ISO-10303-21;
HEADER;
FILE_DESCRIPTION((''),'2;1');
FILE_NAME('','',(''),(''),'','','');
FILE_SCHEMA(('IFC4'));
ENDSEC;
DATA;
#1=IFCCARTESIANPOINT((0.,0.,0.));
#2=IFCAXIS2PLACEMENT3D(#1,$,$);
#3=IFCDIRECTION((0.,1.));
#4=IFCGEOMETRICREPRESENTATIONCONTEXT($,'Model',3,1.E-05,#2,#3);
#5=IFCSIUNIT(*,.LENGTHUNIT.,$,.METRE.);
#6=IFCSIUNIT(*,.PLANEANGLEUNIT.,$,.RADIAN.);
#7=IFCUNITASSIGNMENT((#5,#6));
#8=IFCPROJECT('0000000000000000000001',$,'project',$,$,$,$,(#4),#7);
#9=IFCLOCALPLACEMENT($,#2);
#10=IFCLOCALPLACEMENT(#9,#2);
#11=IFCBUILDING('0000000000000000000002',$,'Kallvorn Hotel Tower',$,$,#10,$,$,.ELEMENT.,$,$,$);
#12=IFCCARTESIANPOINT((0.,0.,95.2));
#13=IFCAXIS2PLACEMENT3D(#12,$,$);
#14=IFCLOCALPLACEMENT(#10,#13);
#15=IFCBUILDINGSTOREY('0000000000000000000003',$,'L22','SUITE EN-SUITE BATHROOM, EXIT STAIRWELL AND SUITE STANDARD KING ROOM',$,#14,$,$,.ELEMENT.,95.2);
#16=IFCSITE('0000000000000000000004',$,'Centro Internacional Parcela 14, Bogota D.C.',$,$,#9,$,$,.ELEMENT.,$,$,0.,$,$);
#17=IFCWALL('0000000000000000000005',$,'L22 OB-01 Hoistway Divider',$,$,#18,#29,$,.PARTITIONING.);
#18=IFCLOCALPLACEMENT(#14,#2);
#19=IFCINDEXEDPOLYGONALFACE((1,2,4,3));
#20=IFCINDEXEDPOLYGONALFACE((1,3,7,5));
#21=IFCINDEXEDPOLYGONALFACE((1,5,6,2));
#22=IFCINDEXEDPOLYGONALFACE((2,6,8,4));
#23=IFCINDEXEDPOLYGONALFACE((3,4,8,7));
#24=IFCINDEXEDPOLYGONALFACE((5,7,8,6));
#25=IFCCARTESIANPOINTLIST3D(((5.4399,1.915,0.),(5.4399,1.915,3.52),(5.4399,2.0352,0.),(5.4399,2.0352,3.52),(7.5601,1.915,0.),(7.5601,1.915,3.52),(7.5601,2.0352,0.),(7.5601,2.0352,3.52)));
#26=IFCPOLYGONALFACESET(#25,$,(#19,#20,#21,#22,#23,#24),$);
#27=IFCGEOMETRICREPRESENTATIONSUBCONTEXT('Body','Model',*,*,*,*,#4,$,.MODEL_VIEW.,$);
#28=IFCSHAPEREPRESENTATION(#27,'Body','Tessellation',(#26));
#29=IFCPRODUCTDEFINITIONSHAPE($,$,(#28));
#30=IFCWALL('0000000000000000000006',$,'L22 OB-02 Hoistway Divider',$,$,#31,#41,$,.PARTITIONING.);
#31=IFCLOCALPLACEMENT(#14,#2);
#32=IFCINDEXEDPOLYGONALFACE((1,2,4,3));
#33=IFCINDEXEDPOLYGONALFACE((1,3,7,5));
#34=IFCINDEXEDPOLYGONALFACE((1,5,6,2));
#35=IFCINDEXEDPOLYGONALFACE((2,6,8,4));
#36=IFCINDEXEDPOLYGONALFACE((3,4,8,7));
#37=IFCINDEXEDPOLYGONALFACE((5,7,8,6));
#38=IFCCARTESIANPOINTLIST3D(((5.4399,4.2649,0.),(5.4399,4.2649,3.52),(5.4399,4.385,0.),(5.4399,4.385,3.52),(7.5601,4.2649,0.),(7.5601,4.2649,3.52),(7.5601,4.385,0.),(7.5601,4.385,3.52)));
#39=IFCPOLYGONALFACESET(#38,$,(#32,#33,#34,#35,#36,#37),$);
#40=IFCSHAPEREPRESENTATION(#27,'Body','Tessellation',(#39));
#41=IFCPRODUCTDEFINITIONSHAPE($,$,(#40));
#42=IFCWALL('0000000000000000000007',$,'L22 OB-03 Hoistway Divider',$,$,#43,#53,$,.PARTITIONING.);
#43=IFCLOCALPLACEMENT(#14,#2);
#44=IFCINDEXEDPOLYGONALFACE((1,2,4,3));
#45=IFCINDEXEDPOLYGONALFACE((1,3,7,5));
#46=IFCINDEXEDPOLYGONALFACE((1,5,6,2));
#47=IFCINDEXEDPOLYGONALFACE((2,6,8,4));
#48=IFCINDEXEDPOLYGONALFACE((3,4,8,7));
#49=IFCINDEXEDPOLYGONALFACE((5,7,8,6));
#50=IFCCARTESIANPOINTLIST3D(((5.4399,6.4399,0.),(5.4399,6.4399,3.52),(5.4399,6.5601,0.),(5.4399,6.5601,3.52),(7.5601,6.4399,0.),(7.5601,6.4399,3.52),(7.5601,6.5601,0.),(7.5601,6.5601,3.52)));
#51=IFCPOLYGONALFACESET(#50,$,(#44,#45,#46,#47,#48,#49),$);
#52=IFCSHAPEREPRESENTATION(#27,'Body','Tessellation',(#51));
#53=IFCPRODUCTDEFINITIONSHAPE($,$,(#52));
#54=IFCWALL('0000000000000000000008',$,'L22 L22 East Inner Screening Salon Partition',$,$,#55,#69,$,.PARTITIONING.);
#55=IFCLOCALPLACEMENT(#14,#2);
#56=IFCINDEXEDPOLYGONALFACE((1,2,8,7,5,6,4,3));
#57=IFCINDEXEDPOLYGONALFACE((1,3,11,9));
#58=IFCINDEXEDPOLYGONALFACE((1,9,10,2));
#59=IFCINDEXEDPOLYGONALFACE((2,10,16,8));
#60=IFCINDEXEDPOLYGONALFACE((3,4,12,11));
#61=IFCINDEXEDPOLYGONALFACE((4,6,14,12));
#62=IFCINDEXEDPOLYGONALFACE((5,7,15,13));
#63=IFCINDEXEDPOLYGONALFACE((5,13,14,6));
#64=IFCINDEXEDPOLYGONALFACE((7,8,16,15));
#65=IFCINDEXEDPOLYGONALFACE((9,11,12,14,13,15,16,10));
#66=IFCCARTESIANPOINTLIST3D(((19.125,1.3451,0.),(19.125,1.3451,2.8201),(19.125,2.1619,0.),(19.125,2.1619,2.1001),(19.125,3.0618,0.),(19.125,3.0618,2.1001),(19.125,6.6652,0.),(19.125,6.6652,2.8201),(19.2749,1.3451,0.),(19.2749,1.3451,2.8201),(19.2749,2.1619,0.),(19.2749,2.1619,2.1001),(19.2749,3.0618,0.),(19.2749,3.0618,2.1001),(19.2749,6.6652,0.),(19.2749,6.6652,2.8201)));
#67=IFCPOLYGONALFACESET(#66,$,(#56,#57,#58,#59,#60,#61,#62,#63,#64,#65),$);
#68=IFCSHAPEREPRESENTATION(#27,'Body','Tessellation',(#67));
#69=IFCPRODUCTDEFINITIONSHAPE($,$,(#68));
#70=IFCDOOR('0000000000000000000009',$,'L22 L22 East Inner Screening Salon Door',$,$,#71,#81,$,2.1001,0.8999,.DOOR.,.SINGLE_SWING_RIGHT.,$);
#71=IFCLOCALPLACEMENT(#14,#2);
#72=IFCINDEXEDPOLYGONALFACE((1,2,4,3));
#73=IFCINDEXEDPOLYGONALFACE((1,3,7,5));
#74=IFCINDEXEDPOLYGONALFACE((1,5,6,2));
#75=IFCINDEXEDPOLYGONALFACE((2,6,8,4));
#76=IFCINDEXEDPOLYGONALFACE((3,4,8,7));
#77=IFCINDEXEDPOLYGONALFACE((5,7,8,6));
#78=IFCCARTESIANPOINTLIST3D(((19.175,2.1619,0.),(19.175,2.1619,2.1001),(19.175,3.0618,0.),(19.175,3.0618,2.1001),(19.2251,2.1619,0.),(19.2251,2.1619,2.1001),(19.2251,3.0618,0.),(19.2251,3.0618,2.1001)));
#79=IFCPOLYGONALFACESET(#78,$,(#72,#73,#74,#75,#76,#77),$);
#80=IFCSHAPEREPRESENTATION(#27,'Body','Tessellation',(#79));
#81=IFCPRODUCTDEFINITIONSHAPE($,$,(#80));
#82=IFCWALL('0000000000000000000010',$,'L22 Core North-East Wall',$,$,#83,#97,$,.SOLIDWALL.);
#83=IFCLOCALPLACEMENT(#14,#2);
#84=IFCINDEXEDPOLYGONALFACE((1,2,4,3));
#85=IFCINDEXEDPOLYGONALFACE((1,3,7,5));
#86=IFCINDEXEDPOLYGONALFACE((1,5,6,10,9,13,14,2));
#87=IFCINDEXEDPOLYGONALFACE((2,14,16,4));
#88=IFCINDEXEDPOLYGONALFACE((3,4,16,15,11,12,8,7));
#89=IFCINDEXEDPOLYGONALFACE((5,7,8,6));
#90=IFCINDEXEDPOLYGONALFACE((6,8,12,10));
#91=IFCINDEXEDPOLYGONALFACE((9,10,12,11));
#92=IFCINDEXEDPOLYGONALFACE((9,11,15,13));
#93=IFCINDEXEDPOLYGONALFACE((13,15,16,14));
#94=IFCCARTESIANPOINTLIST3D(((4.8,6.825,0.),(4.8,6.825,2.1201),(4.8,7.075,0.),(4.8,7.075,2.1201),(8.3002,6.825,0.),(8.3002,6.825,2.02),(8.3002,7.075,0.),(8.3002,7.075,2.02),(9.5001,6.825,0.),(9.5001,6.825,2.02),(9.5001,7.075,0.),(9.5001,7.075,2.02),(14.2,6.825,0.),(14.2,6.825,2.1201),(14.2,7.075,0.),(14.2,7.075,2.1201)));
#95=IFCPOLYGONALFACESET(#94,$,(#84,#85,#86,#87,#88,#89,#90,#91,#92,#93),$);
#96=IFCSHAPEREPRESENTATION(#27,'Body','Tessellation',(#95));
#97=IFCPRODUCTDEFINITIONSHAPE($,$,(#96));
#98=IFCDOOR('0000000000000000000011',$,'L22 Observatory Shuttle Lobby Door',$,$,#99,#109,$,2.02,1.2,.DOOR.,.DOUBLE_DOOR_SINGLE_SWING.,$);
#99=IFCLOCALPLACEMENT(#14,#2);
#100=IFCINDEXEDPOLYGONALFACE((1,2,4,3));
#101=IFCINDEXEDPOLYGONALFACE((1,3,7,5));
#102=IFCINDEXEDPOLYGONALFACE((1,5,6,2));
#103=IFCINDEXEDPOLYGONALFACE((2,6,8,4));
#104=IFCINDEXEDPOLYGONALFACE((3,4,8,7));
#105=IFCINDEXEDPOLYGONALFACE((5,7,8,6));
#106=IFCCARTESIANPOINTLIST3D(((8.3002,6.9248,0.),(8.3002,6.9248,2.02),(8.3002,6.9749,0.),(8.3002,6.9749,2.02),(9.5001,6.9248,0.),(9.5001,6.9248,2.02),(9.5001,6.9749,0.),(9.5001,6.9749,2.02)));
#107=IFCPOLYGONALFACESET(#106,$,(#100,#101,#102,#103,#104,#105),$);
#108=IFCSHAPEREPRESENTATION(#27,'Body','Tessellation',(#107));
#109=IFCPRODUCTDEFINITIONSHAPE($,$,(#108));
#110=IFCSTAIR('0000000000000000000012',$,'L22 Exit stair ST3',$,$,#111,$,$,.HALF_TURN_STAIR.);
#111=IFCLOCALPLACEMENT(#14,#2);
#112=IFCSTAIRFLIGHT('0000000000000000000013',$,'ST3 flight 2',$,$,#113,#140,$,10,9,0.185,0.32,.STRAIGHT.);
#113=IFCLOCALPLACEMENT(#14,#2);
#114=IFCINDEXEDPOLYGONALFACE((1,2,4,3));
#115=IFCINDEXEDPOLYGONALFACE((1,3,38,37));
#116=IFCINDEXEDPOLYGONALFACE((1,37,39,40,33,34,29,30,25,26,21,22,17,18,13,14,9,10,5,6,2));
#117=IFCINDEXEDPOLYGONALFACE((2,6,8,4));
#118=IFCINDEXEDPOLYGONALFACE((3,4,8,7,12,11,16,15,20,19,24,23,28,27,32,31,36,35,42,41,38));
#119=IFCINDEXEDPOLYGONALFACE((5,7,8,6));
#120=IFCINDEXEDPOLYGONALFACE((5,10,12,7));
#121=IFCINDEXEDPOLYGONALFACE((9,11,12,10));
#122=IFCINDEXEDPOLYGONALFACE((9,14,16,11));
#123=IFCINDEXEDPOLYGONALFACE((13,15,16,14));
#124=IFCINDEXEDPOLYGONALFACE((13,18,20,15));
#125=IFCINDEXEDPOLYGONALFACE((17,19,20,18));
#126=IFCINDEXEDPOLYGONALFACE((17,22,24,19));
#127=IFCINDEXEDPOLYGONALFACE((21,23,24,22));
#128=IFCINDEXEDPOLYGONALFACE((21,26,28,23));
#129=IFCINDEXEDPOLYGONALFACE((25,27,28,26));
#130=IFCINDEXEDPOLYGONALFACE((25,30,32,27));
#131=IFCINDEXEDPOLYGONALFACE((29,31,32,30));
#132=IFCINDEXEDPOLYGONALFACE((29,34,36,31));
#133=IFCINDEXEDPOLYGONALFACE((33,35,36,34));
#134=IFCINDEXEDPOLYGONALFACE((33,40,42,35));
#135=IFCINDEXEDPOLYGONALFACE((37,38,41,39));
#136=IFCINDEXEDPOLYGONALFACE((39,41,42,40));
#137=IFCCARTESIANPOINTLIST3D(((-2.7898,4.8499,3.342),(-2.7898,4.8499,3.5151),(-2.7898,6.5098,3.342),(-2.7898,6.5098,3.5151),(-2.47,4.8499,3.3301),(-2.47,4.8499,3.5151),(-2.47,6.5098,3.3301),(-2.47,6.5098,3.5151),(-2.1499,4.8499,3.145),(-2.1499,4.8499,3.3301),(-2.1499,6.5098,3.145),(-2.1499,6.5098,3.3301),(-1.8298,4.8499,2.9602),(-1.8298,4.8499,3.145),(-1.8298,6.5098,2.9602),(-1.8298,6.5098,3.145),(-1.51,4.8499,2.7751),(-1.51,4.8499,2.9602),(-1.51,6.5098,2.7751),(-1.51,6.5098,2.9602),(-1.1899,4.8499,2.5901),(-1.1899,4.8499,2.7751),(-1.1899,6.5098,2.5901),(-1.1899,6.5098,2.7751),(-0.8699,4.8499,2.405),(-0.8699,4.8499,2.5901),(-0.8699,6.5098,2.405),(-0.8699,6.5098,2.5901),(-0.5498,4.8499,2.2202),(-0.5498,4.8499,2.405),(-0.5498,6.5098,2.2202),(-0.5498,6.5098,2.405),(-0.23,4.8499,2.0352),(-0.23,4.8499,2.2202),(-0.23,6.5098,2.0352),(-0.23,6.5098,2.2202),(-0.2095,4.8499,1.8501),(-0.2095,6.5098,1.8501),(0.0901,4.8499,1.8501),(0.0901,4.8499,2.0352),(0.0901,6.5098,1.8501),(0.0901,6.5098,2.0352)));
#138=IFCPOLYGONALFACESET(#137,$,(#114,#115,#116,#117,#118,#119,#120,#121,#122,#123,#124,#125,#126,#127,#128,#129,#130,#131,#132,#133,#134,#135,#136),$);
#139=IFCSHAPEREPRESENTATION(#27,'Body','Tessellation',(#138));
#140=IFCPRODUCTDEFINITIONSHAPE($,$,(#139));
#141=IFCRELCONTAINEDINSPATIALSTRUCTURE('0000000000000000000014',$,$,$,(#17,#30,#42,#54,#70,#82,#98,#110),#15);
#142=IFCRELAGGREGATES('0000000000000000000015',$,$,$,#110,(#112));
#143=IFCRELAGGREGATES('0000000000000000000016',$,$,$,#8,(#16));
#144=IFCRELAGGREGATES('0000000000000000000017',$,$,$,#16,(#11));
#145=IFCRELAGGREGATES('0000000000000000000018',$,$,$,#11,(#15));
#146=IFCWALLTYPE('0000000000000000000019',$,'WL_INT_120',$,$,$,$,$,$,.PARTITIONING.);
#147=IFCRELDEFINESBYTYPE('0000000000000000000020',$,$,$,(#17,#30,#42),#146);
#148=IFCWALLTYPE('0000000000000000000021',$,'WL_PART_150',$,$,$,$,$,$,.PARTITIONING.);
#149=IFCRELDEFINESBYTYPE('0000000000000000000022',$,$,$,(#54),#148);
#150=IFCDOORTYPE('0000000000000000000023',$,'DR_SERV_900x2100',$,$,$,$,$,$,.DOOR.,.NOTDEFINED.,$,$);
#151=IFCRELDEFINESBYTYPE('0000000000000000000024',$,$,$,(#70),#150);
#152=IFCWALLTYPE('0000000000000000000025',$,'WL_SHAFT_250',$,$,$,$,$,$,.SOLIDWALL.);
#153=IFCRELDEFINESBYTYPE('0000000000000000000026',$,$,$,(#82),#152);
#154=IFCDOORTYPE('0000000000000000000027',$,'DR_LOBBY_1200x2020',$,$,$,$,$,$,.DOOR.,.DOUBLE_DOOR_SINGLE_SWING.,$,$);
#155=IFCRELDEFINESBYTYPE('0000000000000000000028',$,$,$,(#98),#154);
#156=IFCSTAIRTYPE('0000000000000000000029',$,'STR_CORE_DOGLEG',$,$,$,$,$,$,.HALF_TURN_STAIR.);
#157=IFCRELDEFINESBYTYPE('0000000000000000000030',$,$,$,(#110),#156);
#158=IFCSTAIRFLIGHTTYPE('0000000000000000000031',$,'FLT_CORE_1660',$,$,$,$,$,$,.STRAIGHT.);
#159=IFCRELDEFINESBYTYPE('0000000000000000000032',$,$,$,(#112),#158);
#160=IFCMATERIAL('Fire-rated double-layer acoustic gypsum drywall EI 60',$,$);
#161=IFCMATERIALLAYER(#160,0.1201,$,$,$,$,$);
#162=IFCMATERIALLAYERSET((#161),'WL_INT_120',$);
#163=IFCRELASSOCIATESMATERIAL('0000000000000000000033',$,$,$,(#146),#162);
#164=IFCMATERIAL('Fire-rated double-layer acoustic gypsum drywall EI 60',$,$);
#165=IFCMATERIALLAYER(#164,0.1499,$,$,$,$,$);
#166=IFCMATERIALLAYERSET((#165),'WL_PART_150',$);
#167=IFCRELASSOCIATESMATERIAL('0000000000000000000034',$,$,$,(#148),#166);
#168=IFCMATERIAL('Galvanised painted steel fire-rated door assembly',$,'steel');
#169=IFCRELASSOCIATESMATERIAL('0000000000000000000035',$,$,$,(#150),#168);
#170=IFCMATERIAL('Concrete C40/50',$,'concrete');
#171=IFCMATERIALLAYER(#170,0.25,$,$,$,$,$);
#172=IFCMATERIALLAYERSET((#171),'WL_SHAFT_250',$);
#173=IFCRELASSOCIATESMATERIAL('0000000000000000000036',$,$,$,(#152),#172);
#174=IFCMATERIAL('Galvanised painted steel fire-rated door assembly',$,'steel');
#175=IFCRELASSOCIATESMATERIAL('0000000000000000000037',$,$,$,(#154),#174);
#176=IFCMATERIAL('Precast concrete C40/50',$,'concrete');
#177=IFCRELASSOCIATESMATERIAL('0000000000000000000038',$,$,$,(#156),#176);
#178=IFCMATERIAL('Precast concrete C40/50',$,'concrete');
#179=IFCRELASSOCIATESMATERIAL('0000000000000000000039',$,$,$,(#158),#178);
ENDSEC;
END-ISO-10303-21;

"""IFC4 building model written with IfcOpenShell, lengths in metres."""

from ifc_helpers import new_model, si_unit, direction, frame, frame_2d, origin, place, context, subcontext, project, spatial, polyline, rectangle, outline, extrude, material, layer, layer_set, type_object, element, fill, aggregate, save


model = new_model("IFC4")

# Units and contexts
model_context = context("Model", 3, precision=1e-05, world=origin(), true_north=direction((0.0, 1.0)))
body_context = subcontext(model_context, "Body", "Model", "MODEL_VIEW")
ifc_project = project(units=[si_unit("LENGTHUNIT", "METRE"), si_unit("PLANEANGLEUNIT", "RADIAN")], contexts=[model_context])

# Site, building, storey
site_placement = place(None, origin())
site = spatial("IfcSite", under=ifc_project, at=site_placement, Name="Centro Internacional Parcela 14, Bogota D.C.", CompositionType="ELEMENT", RefElevation=0.0)
building_placement = place(site_placement, origin())
building = spatial("IfcBuilding", under=site, at=building_placement, Name="Kallvorn Hotel Tower", CompositionType="ELEMENT")
storey_placement = place(building_placement, frame((0.0, 0.0, 95.2)))
storey = spatial("IfcBuildingStorey", under=building, at=storey_placement, Name="L22", Description="SUITE EN-SUITE BATHROOM, EXIT STAIRWELL AND SUITE STANDARD KING ROOM", CompositionType="ELEMENT", Elevation=95.2)

# Walls
ifc_material_1 = material(Name="Fire-rated double-layer acoustic gypsum drywall EI 60")
ifc_layer_1 = layer(ifc_material_1, 0.1201)
ifc_layer_set_1 = layer_set([ifc_layer_1], Name="WL_INT_120")
wall_type_1 = type_object("IfcWallType", Name="WL_INT_120", PredefinedType="PARTITIONING", material=ifc_layer_set_1)
for number, where, z_axis, x_axis, name in (
    (1, (5.4399, 1.9751, 0.0), (0.0, 0.0, 1.0), (1.0, 0.0, 0.0), "L22 OB-01 Hoistway Divider"),
    (2, (5.4399, 4.325, 0.0), (0.0, 0.0, 1.0), (1.0, 0.0, 0.0), "L22 OB-02 Hoistway Divider"),
    (3, (5.4399, 6.5, 0.0), (0.0, 0.0, 1.0), (1.0, 0.0, 0.0), "L22 OB-03 Hoistway Divider"),
):
    element("IfcWall", number, at=place(storey_placement, frame(where, z_axis=z_axis, x_axis=x_axis)), inside=storey, type_object=wall_type_1, Name=name, PredefinedType="PARTITIONING", context=body_context, shape_type="SweptSolid", body=[
        extrude(rectangle(XDim=2.1201, YDim=0.1201, at=frame_2d((1.0601, 0.0))), origin(), (0.0, 0.0, 1.0), 3.52),
    ])

# Walls, openings, doors
ifc_material_2 = material(Name="Fire-rated double-layer acoustic gypsum drywall EI 60")
ifc_layer_2 = layer(ifc_material_2, 0.1499)
ifc_layer_set_2 = layer_set([ifc_layer_2], Name="WL_PART_150")
wall_type_2 = type_object("IfcWallType", Name="WL_PART_150", PredefinedType="PARTITIONING", material=ifc_layer_set_2)
wall_1_placement = place(storey_placement, frame((19.2, 1.345, 0.0), z_axis=(0.0, 0.0, 1.0), x_axis=(0.0, 1.0, 0.0)))
wall_1 = element("IfcWall", 4, at=wall_1_placement, inside=storey, type_object=wall_type_2, Name="L22 L22 East Inner Screening Salon Partition", PredefinedType="PARTITIONING", context=body_context, shape_type="SweptSolid", body=[
    extrude(rectangle(XDim=5.3201, YDim=0.1499, at=frame_2d((2.6602, 0.0))), origin(), (0.0, 0.0, 1.0), 2.8201),
])
opening_1_placement = place(wall_1_placement, frame((0.8169, 0.0, 0.0)))
opening_1 = element("IfcOpeningElement", 5, at=opening_1_placement, cuts=wall_1, PredefinedType="OPENING", context=body_context, shape_type="SweptSolid", body=[
    extrude(rectangle(XDim=0.8999, YDim=2.1001, at=frame_2d((0.45, 1.05))), frame((0.0, 0.0898, 0.0), z_axis=(0.0, -1.0, 0.0), x_axis=(1.0, 0.0, 0.0)), (0.0, 0.0, 1.0), 0.1799),
])
ifc_material_3 = material(Name="Galvanised painted steel fire-rated door assembly", Category="steel")
door_type_1 = type_object("IfcDoorType", Name="DR_SERV_900x2100", OperationType="NOTDEFINED", PredefinedType="DOOR", material=ifc_material_3)
door_1_placement = place(opening_1_placement, origin())
door_1 = element("IfcDoor", 6, at=door_1_placement, inside=storey, type_object=door_type_1, Name="L22 L22 East Inner Screening Salon Door", OperationType="SINGLE_SWING_RIGHT", OverallHeight=2.1001, OverallWidth=0.8999, PredefinedType="DOOR", context=body_context, shape_type="SweptSolid", body=[
    extrude(rectangle(XDim=0.8999, YDim=2.1001, at=frame_2d((0.45, 1.05))), frame((0.0, 0.0249, 0.0), z_axis=(0.0, -1.0, 0.0), x_axis=(1.0, 0.0, 0.0)), (0.0, 0.0, 1.0), 0.05),
])
fill(opening_1, door_1)
ifc_material_4 = material(Name="Concrete C40/50", Category="concrete")
ifc_layer_3 = layer(ifc_material_4, 0.25)
ifc_layer_set_3 = layer_set([ifc_layer_3], Name="WL_SHAFT_250")
wall_type_3 = type_object("IfcWallType", Name="WL_SHAFT_250", PredefinedType="SOLIDWALL", material=ifc_layer_set_3)
wall_2_placement = place(storey_placement, frame((4.8, 6.95, 0.0), z_axis=(0.0, 0.0, 1.0), x_axis=(1.0, 0.0, 0.0)))
wall_2 = element("IfcWall", 7, at=wall_2_placement, inside=storey, type_object=wall_type_3, Name="L22 Core North-East Wall", PredefinedType="SOLIDWALL", context=body_context, shape_type="SweptSolid", body=[
    extrude(rectangle(XDim=9.3999, YDim=0.25, at=frame_2d((4.7, 0.0))), origin(), (0.0, 0.0, 1.0), 2.1201),
])
opening_2_placement = place(wall_2_placement, frame((3.5, 0.0, 0.0)))
opening_2 = element("IfcOpeningElement", 8, at=opening_2_placement, cuts=wall_2, PredefinedType="OPENING", context=body_context, shape_type="SweptSolid", body=[
    extrude(rectangle(XDim=1.2, YDim=2.02, at=frame_2d((0.6001, 1.01))), frame((0.0, 0.1399, 0.0), z_axis=(0.0, -1.0, 0.0), x_axis=(1.0, 0.0, 0.0)), (0.0, 0.0, 1.0), 0.28),
])
ifc_material_5 = material(Name="Galvanised painted steel fire-rated door assembly", Category="steel")
door_type_2 = type_object("IfcDoorType", Name="DR_LOBBY_1200x2020", OperationType="DOUBLE_DOOR_SINGLE_SWING", PredefinedType="DOOR", material=ifc_material_5)
door_2_placement = place(opening_2_placement, origin())
door_2 = element("IfcDoor", 9, at=door_2_placement, inside=storey, type_object=door_type_2, Name="L22 Observatory Shuttle Lobby Door", OperationType="DOUBLE_DOOR_SINGLE_SWING", OverallHeight=2.02, OverallWidth=1.2, PredefinedType="DOOR", context=body_context, shape_type="SweptSolid", body=[
    extrude(rectangle(XDim=1.2, YDim=2.02, at=frame_2d((0.6001, 1.01))), frame((0.0, 0.0249, 0.0), z_axis=(0.0, -1.0, 0.0), x_axis=(1.0, 0.0, 0.0)), (0.0, 0.0, 1.0), 0.05),
])
fill(opening_2, door_2)

# Stair, stair flight
ifc_material_6 = material(Name="Precast concrete C40/50", Category="concrete")
stair_type = type_object("IfcStairType", Name="STR_CORE_DOGLEG", PredefinedType="HALF_TURN_STAIR", material=ifc_material_6)
stair_placement = place(storey_placement, origin())
stair = element("IfcStair", 10, at=stair_placement, inside=storey, type_object=stair_type, Name="L22 Exit stair ST3", PredefinedType="HALF_TURN_STAIR")
ifc_material_7 = material(Name="Precast concrete C40/50", Category="concrete")
stair_flight_type = type_object("IfcStairFlightType", Name="FLT_CORE_1660", PredefinedType="STRAIGHT", material=ifc_material_7)
stair_flight_placement = place(storey_placement, frame((0.0901, 5.6799, 1.8501), z_axis=(0.0, 0.0, 1.0), x_axis=(-1.0, 0.0, 0.0)))
stair_flight = element("IfcStairFlight", 11, at=stair_flight_placement, type_object=stair_flight_type, Name="ST3 flight 2", NumberOfRisers=10, NumberOfTreads=9, PredefinedType="STRAIGHT", RiserHeight=0.185, TreadLength=0.32, context=body_context, shape_type="SweptSolid", body=[
    extrude(outline(polyline([(0.0, 0.0), (0.0, 0.1851), (0.3201, 0.1851), (0.3201, 0.3701), (0.6399, 0.3701), (0.6399, 0.5549), (0.96, 0.5549), (0.96, 0.74), (1.28, 0.74), (1.28, 0.925), (1.6001, 0.925), (1.6001, 1.1101), (1.9199, 1.1101), (1.9199, 1.2949), (2.24, 1.2949), (2.24, 1.48), (2.5601, 1.48), (2.5601, 1.665), (2.8799, 1.665), (2.8799, 1.8501), (2.8799, 1.4919), (0.2996, 0.0), (0.0, 0.0)])), frame((0.0, 0.8301, 0.0), z_axis=(0.0, -1.0, 0.0), x_axis=(1.0, 0.0, 0.0)), (0.0, 0.0, 1.0), 1.6599),
])
aggregate(stair, [stair_flight])

save(model, "model.ifc")
